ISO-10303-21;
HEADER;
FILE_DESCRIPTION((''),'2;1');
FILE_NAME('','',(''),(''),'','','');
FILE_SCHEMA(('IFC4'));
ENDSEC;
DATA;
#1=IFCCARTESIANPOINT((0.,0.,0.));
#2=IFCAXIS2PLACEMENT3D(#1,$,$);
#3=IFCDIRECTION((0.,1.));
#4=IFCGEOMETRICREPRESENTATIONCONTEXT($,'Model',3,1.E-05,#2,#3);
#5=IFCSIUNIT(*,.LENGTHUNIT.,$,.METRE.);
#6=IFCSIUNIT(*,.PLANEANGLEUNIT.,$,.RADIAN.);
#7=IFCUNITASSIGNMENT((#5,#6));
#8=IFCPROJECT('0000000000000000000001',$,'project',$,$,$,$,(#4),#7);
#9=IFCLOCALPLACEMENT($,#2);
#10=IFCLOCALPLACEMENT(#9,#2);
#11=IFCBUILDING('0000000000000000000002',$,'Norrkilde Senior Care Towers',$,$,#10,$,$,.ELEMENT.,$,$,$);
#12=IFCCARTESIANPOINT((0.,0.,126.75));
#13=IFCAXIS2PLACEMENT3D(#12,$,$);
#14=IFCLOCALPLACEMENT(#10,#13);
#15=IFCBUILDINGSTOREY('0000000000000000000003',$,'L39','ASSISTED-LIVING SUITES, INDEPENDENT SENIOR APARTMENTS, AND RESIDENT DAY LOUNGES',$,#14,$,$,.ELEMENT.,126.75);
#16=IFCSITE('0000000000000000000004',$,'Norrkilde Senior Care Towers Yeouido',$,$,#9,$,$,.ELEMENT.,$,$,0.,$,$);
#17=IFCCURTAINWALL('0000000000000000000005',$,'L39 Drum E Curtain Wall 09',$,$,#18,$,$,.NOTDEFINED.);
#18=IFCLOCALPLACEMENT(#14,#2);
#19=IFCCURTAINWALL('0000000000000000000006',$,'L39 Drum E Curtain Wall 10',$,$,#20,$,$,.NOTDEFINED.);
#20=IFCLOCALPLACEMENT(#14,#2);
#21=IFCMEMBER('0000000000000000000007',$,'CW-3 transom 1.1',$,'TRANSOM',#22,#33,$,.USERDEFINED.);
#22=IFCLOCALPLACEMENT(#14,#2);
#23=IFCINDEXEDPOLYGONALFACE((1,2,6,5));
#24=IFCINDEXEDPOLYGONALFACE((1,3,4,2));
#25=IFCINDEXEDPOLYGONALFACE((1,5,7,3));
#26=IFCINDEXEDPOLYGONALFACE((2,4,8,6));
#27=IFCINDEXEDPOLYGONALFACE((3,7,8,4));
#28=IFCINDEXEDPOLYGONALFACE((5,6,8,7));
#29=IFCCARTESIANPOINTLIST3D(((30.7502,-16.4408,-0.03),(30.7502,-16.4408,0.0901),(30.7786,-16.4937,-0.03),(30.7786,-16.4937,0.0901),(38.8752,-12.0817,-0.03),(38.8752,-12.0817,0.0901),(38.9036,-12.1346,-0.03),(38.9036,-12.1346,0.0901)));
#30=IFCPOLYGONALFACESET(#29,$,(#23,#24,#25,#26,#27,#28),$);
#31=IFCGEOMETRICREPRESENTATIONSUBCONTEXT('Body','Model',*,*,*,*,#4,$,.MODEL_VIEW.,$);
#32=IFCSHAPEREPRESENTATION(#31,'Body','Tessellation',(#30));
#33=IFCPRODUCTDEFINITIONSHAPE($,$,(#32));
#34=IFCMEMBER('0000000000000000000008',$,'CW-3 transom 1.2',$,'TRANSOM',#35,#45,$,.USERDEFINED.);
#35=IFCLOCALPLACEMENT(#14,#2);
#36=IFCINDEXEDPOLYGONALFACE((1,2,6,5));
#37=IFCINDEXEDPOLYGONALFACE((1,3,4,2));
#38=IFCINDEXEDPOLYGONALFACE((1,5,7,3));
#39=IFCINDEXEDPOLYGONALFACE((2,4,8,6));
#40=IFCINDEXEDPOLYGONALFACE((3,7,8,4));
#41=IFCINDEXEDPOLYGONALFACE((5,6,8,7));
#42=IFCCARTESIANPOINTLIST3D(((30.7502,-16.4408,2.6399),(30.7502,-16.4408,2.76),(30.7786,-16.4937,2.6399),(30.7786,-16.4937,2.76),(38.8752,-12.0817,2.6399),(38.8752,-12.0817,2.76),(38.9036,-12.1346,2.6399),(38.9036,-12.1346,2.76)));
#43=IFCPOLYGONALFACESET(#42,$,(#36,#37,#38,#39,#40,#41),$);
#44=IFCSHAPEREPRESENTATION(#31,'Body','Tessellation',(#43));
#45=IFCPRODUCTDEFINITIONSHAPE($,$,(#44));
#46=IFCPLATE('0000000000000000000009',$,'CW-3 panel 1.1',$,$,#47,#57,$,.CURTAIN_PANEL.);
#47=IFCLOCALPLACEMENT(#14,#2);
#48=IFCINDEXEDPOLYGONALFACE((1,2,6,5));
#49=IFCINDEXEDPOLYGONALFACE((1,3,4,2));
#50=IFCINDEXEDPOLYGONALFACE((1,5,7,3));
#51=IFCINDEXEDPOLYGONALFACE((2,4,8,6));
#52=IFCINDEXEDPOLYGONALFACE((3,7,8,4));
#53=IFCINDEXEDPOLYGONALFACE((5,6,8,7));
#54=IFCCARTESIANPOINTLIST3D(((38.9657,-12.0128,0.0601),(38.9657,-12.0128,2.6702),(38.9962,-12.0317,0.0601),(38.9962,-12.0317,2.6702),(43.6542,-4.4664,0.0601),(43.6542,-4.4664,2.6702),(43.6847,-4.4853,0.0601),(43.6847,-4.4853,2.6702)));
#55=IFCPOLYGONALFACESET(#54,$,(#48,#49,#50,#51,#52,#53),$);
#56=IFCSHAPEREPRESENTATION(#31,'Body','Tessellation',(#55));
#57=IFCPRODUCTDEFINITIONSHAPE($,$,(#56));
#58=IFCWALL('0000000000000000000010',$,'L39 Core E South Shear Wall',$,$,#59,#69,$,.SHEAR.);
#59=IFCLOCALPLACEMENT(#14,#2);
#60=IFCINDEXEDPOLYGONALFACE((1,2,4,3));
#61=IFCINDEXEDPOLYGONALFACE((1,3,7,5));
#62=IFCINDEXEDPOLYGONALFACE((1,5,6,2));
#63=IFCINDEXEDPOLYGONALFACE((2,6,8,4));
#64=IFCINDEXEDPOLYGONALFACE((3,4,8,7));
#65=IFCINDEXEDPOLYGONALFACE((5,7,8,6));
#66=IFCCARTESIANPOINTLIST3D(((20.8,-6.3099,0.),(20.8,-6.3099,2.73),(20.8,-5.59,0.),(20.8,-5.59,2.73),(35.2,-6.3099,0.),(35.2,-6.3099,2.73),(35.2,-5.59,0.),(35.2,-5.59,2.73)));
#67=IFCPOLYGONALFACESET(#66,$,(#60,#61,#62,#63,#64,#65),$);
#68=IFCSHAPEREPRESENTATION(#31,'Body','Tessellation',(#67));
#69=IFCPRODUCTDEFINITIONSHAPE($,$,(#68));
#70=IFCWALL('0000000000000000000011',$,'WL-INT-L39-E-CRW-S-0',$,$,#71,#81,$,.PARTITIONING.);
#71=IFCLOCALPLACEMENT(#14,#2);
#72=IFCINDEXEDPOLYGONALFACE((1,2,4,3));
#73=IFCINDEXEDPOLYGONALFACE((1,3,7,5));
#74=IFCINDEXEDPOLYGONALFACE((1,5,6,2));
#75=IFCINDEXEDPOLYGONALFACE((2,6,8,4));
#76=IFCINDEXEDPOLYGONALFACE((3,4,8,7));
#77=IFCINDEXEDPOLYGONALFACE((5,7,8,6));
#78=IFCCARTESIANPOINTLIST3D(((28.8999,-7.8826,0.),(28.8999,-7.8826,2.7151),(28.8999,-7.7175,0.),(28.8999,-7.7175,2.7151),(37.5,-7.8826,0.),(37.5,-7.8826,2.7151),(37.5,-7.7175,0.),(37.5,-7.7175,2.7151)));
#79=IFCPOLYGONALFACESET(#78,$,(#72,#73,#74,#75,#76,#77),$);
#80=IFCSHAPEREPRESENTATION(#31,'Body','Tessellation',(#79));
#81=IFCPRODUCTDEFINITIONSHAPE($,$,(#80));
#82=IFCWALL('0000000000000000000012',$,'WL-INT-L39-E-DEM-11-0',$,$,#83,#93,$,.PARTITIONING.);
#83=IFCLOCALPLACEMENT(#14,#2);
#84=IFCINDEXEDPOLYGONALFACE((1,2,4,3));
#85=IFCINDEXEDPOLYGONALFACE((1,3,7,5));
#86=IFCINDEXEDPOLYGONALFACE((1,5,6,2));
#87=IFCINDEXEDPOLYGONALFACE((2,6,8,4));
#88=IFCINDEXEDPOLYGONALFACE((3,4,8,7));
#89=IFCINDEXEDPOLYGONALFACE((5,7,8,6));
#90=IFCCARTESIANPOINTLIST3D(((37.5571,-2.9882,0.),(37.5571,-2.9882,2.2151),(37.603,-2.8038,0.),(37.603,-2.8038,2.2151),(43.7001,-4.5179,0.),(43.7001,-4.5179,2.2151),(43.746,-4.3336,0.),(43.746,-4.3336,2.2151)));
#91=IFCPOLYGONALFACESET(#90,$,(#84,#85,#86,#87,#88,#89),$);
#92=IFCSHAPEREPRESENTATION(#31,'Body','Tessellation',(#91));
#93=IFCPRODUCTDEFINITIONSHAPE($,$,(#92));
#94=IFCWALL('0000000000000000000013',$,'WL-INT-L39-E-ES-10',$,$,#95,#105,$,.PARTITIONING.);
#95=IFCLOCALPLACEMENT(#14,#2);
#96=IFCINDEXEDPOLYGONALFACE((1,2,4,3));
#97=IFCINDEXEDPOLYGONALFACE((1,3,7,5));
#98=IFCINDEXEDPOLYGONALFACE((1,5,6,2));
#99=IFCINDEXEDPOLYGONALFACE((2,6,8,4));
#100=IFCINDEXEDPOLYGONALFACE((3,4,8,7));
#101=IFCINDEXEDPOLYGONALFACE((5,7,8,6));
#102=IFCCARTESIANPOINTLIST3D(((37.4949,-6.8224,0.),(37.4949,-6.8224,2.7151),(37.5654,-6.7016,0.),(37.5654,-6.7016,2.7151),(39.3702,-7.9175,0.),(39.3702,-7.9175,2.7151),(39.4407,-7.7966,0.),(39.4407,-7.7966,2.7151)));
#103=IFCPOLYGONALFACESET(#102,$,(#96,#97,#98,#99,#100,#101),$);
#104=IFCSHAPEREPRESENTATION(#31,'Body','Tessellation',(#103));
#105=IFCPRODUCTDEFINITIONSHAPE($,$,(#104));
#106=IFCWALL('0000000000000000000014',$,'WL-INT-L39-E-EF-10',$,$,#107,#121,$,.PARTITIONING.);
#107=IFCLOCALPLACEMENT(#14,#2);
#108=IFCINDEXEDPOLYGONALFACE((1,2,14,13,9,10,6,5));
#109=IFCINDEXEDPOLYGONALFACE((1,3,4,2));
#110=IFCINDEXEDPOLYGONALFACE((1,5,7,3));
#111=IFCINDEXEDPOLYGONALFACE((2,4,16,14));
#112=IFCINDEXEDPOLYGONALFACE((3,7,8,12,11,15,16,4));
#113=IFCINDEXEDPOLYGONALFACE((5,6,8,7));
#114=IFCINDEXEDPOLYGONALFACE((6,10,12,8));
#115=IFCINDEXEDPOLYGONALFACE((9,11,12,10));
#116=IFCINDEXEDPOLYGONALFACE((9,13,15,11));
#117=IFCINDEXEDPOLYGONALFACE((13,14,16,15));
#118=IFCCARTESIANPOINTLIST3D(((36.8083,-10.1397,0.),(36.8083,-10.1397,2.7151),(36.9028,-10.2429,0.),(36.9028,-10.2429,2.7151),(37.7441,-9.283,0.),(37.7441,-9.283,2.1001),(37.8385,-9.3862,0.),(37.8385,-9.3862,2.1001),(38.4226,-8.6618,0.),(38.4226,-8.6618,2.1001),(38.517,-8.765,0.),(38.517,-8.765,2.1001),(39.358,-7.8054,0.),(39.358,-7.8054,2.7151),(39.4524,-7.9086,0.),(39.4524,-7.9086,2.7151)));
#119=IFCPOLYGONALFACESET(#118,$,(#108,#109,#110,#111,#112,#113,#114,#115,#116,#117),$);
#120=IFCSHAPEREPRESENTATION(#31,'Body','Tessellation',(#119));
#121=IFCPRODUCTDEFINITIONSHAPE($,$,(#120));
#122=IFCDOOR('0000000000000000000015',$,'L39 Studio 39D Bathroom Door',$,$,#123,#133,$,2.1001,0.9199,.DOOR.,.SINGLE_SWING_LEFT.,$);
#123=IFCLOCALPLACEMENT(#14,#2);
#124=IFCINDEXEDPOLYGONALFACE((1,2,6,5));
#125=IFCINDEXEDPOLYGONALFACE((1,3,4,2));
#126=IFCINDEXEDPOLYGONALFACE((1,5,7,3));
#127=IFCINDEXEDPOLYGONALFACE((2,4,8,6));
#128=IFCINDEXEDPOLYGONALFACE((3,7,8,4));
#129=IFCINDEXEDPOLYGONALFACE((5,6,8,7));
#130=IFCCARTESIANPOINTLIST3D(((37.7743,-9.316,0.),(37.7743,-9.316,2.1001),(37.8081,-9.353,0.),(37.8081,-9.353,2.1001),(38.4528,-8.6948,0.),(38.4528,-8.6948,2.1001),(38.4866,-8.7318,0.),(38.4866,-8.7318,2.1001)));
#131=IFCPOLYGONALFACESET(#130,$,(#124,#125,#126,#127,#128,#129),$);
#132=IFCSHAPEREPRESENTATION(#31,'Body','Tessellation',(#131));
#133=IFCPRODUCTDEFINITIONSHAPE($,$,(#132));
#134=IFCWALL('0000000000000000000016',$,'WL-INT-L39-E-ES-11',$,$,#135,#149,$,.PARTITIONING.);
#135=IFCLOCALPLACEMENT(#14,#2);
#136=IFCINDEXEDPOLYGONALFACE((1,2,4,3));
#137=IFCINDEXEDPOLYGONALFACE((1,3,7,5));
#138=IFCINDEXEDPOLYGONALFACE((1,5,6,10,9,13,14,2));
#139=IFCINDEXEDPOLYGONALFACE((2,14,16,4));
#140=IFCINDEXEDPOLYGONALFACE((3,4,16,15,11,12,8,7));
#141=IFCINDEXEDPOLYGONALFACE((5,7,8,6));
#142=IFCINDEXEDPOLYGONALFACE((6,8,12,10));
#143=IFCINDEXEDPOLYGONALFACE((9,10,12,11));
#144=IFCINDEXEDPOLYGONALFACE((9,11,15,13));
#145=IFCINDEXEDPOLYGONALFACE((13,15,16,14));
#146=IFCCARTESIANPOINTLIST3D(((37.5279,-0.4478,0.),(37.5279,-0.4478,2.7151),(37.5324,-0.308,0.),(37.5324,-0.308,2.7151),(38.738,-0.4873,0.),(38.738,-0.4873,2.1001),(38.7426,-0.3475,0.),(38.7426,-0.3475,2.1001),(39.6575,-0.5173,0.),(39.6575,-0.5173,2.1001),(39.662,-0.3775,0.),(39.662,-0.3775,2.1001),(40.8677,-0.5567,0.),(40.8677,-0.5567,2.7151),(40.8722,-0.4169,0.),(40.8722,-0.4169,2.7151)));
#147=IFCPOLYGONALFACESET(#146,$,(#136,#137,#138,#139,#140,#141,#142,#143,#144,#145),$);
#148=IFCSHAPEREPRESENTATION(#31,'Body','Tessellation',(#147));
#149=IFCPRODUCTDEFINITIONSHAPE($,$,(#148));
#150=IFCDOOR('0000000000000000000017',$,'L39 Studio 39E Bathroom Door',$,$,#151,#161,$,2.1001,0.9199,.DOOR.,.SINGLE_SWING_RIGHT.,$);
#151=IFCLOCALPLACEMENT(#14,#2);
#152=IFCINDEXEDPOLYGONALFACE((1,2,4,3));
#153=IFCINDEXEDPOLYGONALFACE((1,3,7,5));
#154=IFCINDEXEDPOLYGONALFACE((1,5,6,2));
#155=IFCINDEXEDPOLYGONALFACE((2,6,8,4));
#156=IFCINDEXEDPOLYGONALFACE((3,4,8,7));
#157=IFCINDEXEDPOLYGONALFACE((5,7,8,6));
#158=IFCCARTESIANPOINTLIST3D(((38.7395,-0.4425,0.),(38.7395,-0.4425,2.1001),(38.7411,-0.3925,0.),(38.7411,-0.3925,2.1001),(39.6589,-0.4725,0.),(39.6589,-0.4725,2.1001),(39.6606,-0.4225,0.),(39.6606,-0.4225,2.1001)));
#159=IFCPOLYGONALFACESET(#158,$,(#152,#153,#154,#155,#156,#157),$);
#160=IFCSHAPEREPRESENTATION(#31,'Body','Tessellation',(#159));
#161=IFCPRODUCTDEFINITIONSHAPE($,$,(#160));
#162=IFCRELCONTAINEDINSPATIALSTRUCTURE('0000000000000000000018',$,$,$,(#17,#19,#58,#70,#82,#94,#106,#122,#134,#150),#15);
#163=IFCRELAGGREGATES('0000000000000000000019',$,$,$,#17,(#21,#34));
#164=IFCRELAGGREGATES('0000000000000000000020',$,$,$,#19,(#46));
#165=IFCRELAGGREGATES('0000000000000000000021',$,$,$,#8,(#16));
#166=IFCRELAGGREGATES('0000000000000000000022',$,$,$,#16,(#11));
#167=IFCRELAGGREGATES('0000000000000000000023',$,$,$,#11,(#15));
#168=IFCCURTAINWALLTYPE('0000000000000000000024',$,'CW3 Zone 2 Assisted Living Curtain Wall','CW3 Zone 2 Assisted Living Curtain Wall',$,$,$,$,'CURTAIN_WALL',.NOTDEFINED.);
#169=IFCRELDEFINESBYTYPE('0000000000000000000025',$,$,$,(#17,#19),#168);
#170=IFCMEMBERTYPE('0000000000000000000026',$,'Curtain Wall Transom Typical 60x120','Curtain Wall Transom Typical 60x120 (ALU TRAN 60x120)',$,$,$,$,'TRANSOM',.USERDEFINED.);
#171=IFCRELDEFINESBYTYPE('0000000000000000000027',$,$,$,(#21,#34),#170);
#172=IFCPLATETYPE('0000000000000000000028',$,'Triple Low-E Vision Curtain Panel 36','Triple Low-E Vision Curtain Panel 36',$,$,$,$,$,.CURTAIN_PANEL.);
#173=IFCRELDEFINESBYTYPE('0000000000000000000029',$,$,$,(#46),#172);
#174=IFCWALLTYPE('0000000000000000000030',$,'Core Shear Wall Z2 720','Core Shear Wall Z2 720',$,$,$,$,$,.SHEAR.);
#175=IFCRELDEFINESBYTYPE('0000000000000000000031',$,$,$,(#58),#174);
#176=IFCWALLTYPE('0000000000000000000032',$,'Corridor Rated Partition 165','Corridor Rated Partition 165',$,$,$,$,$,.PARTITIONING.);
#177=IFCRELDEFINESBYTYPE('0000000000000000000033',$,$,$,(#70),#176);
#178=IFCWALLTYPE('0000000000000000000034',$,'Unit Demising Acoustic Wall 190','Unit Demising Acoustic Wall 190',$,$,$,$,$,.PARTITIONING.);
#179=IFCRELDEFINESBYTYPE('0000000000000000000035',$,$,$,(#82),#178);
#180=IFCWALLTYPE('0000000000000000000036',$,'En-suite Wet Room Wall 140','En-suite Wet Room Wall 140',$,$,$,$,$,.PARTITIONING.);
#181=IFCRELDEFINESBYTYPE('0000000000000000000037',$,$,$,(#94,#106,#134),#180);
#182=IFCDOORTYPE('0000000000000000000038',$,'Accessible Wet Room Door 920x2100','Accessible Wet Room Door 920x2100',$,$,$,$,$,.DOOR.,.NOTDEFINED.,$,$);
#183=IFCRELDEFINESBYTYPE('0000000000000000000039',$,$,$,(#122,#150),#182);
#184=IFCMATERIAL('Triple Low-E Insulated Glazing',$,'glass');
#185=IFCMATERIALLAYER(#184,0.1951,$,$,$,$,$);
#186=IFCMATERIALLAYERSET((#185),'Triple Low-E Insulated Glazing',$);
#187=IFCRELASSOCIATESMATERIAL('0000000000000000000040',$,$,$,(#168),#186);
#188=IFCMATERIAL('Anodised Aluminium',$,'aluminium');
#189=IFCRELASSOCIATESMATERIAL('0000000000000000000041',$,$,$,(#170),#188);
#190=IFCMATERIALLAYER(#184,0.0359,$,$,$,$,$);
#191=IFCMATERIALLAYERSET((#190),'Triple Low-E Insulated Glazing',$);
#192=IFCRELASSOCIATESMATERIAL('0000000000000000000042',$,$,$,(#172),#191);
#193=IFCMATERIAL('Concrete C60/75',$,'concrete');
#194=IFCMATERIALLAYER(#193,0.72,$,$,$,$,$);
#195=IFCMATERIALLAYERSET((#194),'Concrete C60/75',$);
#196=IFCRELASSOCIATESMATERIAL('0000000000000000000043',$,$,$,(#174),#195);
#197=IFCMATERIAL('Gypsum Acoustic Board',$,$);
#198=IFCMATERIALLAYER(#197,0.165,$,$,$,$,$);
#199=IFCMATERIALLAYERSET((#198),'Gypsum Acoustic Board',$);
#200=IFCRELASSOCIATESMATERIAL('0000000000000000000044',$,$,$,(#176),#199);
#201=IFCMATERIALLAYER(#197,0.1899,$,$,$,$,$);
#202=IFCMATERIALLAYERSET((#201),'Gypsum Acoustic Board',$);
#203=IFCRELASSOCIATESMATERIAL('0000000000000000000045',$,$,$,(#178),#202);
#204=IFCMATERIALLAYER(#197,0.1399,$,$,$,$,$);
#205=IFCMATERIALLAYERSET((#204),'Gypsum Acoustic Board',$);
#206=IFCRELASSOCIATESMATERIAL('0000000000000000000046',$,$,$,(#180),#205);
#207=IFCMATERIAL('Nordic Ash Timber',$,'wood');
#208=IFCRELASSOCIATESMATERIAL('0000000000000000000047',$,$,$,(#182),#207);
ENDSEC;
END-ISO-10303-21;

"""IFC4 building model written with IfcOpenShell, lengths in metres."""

from ifc_helpers import new_model, si_unit, direction, frame, frame_2d, origin, origin_2d, place, context, subcontext, project, spatial, rectangle, extrude, source, transform, mapped, material, layer, layer_set, material_profile, profile_set, type_object, type_shapes, element, fill, aggregate, save


model = new_model("IFC4")

# Units and contexts
model_context = context("Model", 3, precision=1e-05, world=origin(), true_north=direction((0.0, 1.0)))
body_context = subcontext(model_context, "Body", "Model", "MODEL_VIEW")
ifc_project = project(units=[si_unit("LENGTHUNIT", "METRE"), si_unit("PLANEANGLEUNIT", "RADIAN")], contexts=[model_context])

# Site, building, storey
site_placement = place(None, origin())
site = spatial("IfcSite", under=ifc_project, at=site_placement, Name="Norrkilde Senior Care Towers Yeouido", CompositionType="ELEMENT", RefElevation=0.0)
building_placement = place(site_placement, origin())
building = spatial("IfcBuilding", under=site, at=building_placement, Name="Norrkilde Senior Care Towers", CompositionType="ELEMENT")
storey_placement = place(building_placement, frame((0.0, 0.0, 126.75)))
storey = spatial("IfcBuildingStorey", under=building, at=storey_placement, Name="L39", Description="ASSISTED-LIVING SUITES, INDEPENDENT SENIOR APARTMENTS, AND RESIDENT DAY LOUNGES", CompositionType="ELEMENT", Elevation=126.75)

# Shared definitions
ifc_material_1 = material(Name="Concrete C60/75", Category="concrete")

# Curtain wall
ifc_material_2 = material(Name="Triple Low-E Insulated Glazing", Category="glass")
ifc_layer_1 = layer(ifc_material_2, 0.1951)
ifc_layer_set_1 = layer_set([ifc_layer_1], Name="Triple Low-E Insulated Glazing")
curtain_wall_type = type_object("IfcCurtainWallType", Name="CW3 Zone 2 Assisted Living Curtain Wall", Description="CW3 Zone 2 Assisted Living Curtain Wall", ElementType="CURTAIN_WALL", PredefinedType="NOTDEFINED", material=ifc_layer_set_1)
curtain_wall_1_placement = place(storey_placement, origin())
curtain_wall_1 = element("IfcCurtainWall", 1, at=curtain_wall_1_placement, inside=storey, type_object=curtain_wall_type, Name="L39 Drum E Curtain Wall 09", PredefinedType="NOTDEFINED")
ifc_material_3 = material(Name="Anodised Aluminium", Category="aluminium")

# Curtain wall
curtain_wall_2_placement = place(storey_placement, origin())
curtain_wall_2 = element("IfcCurtainWall", 2, at=curtain_wall_2_placement, inside=storey, type_object=curtain_wall_type, Name="L39 Drum E Curtain Wall 10", PredefinedType="NOTDEFINED")

# Members
ifc_material_profile_1 = material_profile(ifc_material_3, rectangle(XDim=0.0601, YDim=0.1201, at=origin_2d()), Name="ALU TRAN 60x120")
ifc_profile_set_1 = profile_set([ifc_material_profile_1], Name="Anodised Aluminium")
member_type_1 = type_object("IfcMemberType", Name="Curtain Wall Transom Typical 60x120", Description="Curtain Wall Transom Typical 60x120 (ALU TRAN 60x120)", ElementType="TRANSOM", PredefinedType="USERDEFINED", material=ifc_profile_set_1)
shared_shape_1 = source(origin(), body_context, "Body", "SweptSolid", [
    extrude(rectangle(XDim=0.0601, YDim=0.1201, at=origin_2d()), origin(), (0.0, 0.0, 1.0), 9.2205),
])
member_1_placement = place(storey_placement, frame((38.8894, -12.1082, 0.03), z_axis=(-0.881189, -0.472765, 0.0), x_axis=(0.472765, -0.881189, 0.0)))
member_1 = element("IfcMember", 3, at=member_1_placement, type_object=member_type_1, Name="CW-3 transom 1.1", ObjectType="TRANSOM", PredefinedType="USERDEFINED", context=body_context, shape_type="MappedRepresentation", body=[
    mapped(shared_shape_1, transform((0.0, 0.0, 0.0), x_axis=(1.0, 0.0, 0.0), y_axis=(0.0, 1.0, 0.0), z_axis=(0.0, 0.0, 1.0), scale=1.0)),
])
member_2_placement = place(storey_placement, frame((38.8894, -12.1082, 2.7), z_axis=(-0.881189, -0.472765, 0.0), x_axis=(0.472765, -0.881189, 0.0)))
member_2 = element("IfcMember", 4, at=member_2_placement, type_object=member_type_1, Name="CW-3 transom 1.2", ObjectType="TRANSOM", PredefinedType="USERDEFINED", context=body_context, shape_type="MappedRepresentation", body=[
    mapped(shared_shape_1, transform((0.0, 0.0, 0.0), x_axis=(1.0, 0.0, 0.0), y_axis=(0.0, 1.0, 0.0), z_axis=(0.0, 0.0, 1.0), scale=1.0)),
])
aggregate(curtain_wall_1, [member_1, member_2])

# Plate
ifc_layer_2 = layer(ifc_material_2, 0.0359)
ifc_layer_set_2 = layer_set([ifc_layer_2], Name="Triple Low-E Insulated Glazing")
plate_type = type_object("IfcPlateType", Name="Triple Low-E Vision Curtain Panel 36", Description="Triple Low-E Vision Curtain Panel 36", PredefinedType="CURTAIN_PANEL", material=ifc_layer_set_2)
shared_shape_2 = source(origin(), body_context, "Body", "SweptSolid", [
    extrude(rectangle(XDim=8.8843, YDim=0.0359, at=origin_2d()), origin(), (0.0, 0.0, 1.0), 2.6101),
])
type_shapes(plate_type, [shared_shape_2])
plate_placement = place(storey_placement, frame((41.3252, -8.249, 0.0601), z_axis=(0.0, 0.0, 1.0), x_axis=(-0.527733, -0.84941, 0.0)))
plate = element("IfcPlate", 5, at=plate_placement, type_object=plate_type, Name="CW-3 panel 1.1", PredefinedType="CURTAIN_PANEL", context=body_context, shape_type="MappedRepresentation", body=[
    mapped(shared_shape_2, transform((0.0, 0.0, 0.0), x_axis=(1.0, 0.0, 0.0), y_axis=(0.0, 1.0, 0.0), z_axis=(0.0, 0.0, 1.0), scale=1.0)),
])
aggregate(curtain_wall_2, [plate])

# Walls
ifc_layer_3 = layer(ifc_material_1, 0.72)
ifc_layer_set_3 = layer_set([ifc_layer_3], Name="Concrete C60/75")
wall_type_1 = type_object("IfcWallType", Name="Core Shear Wall Z2 720", Description="Core Shear Wall Z2 720", PredefinedType="SHEAR", material=ifc_layer_set_3)
shared_shape_3 = source(origin(), body_context, "Body", "SweptSolid", [
    extrude(rectangle(XDim=14.3999, YDim=0.72, at=frame_2d((7.2, 0.0))), origin(), (0.0, 0.0, 1.0), 2.73),
])
type_shapes(wall_type_1, [shared_shape_3])
wall_1_placement = place(storey_placement, frame((35.2, -5.95, 0.0), z_axis=(0.0, 0.0, 1.0), x_axis=(-1.0, 0.0, 0.0)))
element("IfcWall", 6, at=wall_1_placement, inside=storey, type_object=wall_type_1, Name="L39 Core E South Shear Wall", PredefinedType="SHEAR", context=body_context, shape_type="MappedRepresentation", body=[
    mapped(shared_shape_3, transform((0.0, 0.0, 0.0), x_axis=(1.0, 0.0, 0.0), y_axis=(0.0, 1.0, 0.0), z_axis=(0.0, 0.0, 1.0), scale=1.0)),
])
ifc_material_4 = material(Name="Gypsum Acoustic Board")
ifc_layer_4 = layer(ifc_material_4, 0.165)
ifc_layer_set_4 = layer_set([ifc_layer_4], Name="Gypsum Acoustic Board")
wall_type_2 = type_object("IfcWallType", Name="Corridor Rated Partition 165", Description="Corridor Rated Partition 165", PredefinedType="PARTITIONING", material=ifc_layer_set_4)
shared_shape_4 = source(origin(), body_context, "Body", "SweptSolid", [
    extrude(rectangle(XDim=8.6001, YDim=0.165, at=frame_2d((4.3, 0.0))), origin(), (0.0, 0.0, 1.0), 2.7151),
])
type_shapes(wall_type_2, [shared_shape_4])
wall_2_placement = place(storey_placement, frame((37.5, -7.8, 0.0), z_axis=(0.0, 0.0, 1.0), x_axis=(-1.0, 0.0, 0.0)))
element("IfcWall", 7, at=wall_2_placement, inside=storey, type_object=wall_type_2, Name="WL-INT-L39-E-CRW-S-0", PredefinedType="PARTITIONING", context=body_context, shape_type="MappedRepresentation", body=[
    mapped(shared_shape_4, transform((0.0, 0.0, 0.0), x_axis=(1.0, 0.0, 0.0), y_axis=(0.0, 1.0, 0.0), z_axis=(0.0, 0.0, 1.0), scale=1.0)),
])
ifc_layer_5 = layer(ifc_material_4, 0.1899)
ifc_layer_set_5 = layer_set([ifc_layer_5], Name="Gypsum Acoustic Board")
wall_type_3 = type_object("IfcWallType", Name="Unit Demising Acoustic Wall 190", Description="Unit Demising Acoustic Wall 190", PredefinedType="PARTITIONING", material=ifc_layer_set_5)
shared_shape_5 = source(origin(), body_context, "Body", "SweptSolid", [
    extrude(rectangle(XDim=6.3306, YDim=0.1899, at=frame_2d((3.1653, 0.0))), origin(), (0.0, 0.0, 1.0), 2.2151),
])
type_shapes(wall_type_3, [shared_shape_5])
wall_3_placement = place(storey_placement, frame((37.5801, -2.896, 0.0), z_axis=(0.0, 0.0, 1.0), x_axis=(0.970364, -0.241646, 0.0)))
element("IfcWall", 8, at=wall_3_placement, inside=storey, type_object=wall_type_3, Name="WL-INT-L39-E-DEM-11-0", PredefinedType="PARTITIONING", context=body_context, shape_type="MappedRepresentation", body=[
    mapped(shared_shape_5, transform((0.0, 0.0, 0.0), x_axis=(1.0, 0.0, 0.0), y_axis=(0.0, 1.0, 0.0), z_axis=(0.0, 0.0, 1.0), scale=1.0)),
])
ifc_layer_6 = layer(ifc_material_4, 0.1399)
ifc_layer_set_6 = layer_set([ifc_layer_6], Name="Gypsum Acoustic Board")
wall_type_4 = type_object("IfcWallType", Name="En-suite Wet Room Wall 140", Description="En-suite Wet Room Wall 140", PredefinedType="PARTITIONING", material=ifc_layer_set_6)
shared_shape_6 = source(origin(), body_context, "Body", "SweptSolid", [
    extrude(rectangle(XDim=2.1716, YDim=0.1399, at=frame_2d((1.0859, 0.0))), origin(), (0.0, 0.0, 1.0), 2.7151),
])
wall_4_placement = place(storey_placement, frame((37.53, -6.762, 0.0), z_axis=(0.0, 0.0, 1.0), x_axis=(0.863563, -0.504241, 0.0)))
element("IfcWall", 9, at=wall_4_placement, inside=storey, type_object=wall_type_4, Name="WL-INT-L39-E-ES-10", PredefinedType="PARTITIONING", context=body_context, shape_type="MappedRepresentation", body=[
    mapped(shared_shape_6, transform((0.0, 0.0, 0.0), x_axis=(1.0, 0.0, 0.0), y_axis=(0.0, 1.0, 0.0), z_axis=(0.0, 0.0, 1.0), scale=1.0)),
])

# Walls, openings, doors
shared_shape_7 = source(origin(), body_context, "Body", "SweptSolid", [
    extrude(rectangle(XDim=3.4568, YDim=0.1399, at=frame_2d((1.7285, 0.0))), origin(), (0.0, 0.0, 1.0), 2.7151),
])
wall_5_placement = place(storey_placement, frame((39.4053, -7.8569, 0.0), z_axis=(0.0, 0.0, 1.0), x_axis=(-0.737567, -0.675274, 0.0)))
wall_5 = element("IfcWall", 10, at=wall_5_placement, inside=storey, type_object=wall_type_4, Name="WL-INT-L39-E-EF-10", PredefinedType="PARTITIONING", context=body_context, shape_type="MappedRepresentation", body=[
    mapped(shared_shape_7, transform((0.0, 0.0, 0.0), x_axis=(1.0, 0.0, 0.0), y_axis=(0.0, 1.0, 0.0), z_axis=(0.0, 0.0, 1.0), scale=1.0)),
])
opening_1_placement = place(wall_5_placement, frame((1.2683, 0.0, 0.0)))
opening_1 = element("IfcOpeningElement", 11, at=opening_1_placement, cuts=wall_5, PredefinedType="OPENING", context=body_context, shape_type="SweptSolid", body=[
    extrude(rectangle(XDim=0.9199, YDim=2.1001, at=frame_2d((0.46, 1.05))), frame((0.0, 0.0798, 0.0), z_axis=(0.0, -1.0, 0.0), x_axis=(1.0, 0.0, 0.0)), (0.0, 0.0, 1.0), 0.1599),
])
ifc_material_5 = material(Name="Nordic Ash Timber", Category="wood")
door_type = type_object("IfcDoorType", Name="Accessible Wet Room Door 920x2100", Description="Accessible Wet Room Door 920x2100", OperationType="NOTDEFINED", PredefinedType="DOOR", material=ifc_material_5)
shared_shape_8 = source(origin(), body_context, "Body", "SweptSolid", [
    extrude(rectangle(XDim=0.9199, YDim=2.1001, at=frame_2d((0.46, 1.05))), frame((0.0, 0.0249, 0.0), z_axis=(0.0, -1.0, 0.0), x_axis=(1.0, 0.0, 0.0)), (0.0, 0.0, 1.0), 0.05),
])
type_shapes(door_type, [shared_shape_8])
door_1_placement = place(opening_1_placement, origin())
door_1 = element("IfcDoor", 12, at=door_1_placement, inside=storey, type_object=door_type, Name="L39 Studio 39D Bathroom Door", OperationType="SINGLE_SWING_LEFT", OverallHeight=2.1001, OverallWidth=0.9199, PredefinedType="DOOR", context=body_context, shape_type="MappedRepresentation", body=[
    mapped(shared_shape_8, transform((0.0, 0.0, 0.0), x_axis=(1.0, 0.0, 0.0), y_axis=(0.0, 1.0, 0.0), z_axis=(0.0, 0.0, 1.0), scale=1.0)),
])
fill(opening_1, door_1)
shared_shape_9 = source(origin(), body_context, "Body", "SweptSolid", [
    extrude(rectangle(XDim=3.3416, YDim=0.1399, at=frame_2d((1.6709, 0.0))), origin(), (0.0, 0.0, 1.0), 2.7151),
])
wall_6_placement = place(storey_placement, frame((37.53, -0.3779, 0.0), z_axis=(0.0, 0.0, 1.0), x_axis=(0.999469, -0.032585, 0.0)))
wall_6 = element("IfcWall", 13, at=wall_6_placement, inside=storey, type_object=wall_type_4, Name="WL-INT-L39-E-ES-11", PredefinedType="PARTITIONING", context=body_context, shape_type="MappedRepresentation", body=[
    mapped(shared_shape_9, transform((0.0, 0.0, 0.0), x_axis=(1.0, 0.0, 0.0), y_axis=(0.0, 1.0, 0.0), z_axis=(0.0, 0.0, 1.0), scale=1.0)),
])
opening_2_placement = place(wall_6_placement, frame((1.2109, 0.0, 0.0)))
opening_2 = element("IfcOpeningElement", 14, at=opening_2_placement, cuts=wall_6, PredefinedType="OPENING", context=body_context, shape_type="SweptSolid", body=[
    extrude(rectangle(XDim=0.9199, YDim=2.1001, at=frame_2d((0.46, 1.05))), frame((0.0, 0.0798, 0.0), z_axis=(0.0, -1.0, 0.0), x_axis=(1.0, 0.0, 0.0)), (0.0, 0.0, 1.0), 0.1599),
])
door_2_placement = place(opening_2_placement, origin())
door_2 = element("IfcDoor", 15, at=door_2_placement, inside=storey, type_object=door_type, Name="L39 Studio 39E Bathroom Door", OperationType="SINGLE_SWING_RIGHT", OverallHeight=2.1001, OverallWidth=0.9199, PredefinedType="DOOR", context=body_context, shape_type="MappedRepresentation", body=[
    mapped(shared_shape_8, transform((0.0, 0.0, 0.0), x_axis=(1.0, 0.0, 0.0), y_axis=(0.0, 1.0, 0.0), z_axis=(0.0, 0.0, 1.0), scale=1.0)),
])
fill(opening_2, door_2)

save(model, "model.ifc")
